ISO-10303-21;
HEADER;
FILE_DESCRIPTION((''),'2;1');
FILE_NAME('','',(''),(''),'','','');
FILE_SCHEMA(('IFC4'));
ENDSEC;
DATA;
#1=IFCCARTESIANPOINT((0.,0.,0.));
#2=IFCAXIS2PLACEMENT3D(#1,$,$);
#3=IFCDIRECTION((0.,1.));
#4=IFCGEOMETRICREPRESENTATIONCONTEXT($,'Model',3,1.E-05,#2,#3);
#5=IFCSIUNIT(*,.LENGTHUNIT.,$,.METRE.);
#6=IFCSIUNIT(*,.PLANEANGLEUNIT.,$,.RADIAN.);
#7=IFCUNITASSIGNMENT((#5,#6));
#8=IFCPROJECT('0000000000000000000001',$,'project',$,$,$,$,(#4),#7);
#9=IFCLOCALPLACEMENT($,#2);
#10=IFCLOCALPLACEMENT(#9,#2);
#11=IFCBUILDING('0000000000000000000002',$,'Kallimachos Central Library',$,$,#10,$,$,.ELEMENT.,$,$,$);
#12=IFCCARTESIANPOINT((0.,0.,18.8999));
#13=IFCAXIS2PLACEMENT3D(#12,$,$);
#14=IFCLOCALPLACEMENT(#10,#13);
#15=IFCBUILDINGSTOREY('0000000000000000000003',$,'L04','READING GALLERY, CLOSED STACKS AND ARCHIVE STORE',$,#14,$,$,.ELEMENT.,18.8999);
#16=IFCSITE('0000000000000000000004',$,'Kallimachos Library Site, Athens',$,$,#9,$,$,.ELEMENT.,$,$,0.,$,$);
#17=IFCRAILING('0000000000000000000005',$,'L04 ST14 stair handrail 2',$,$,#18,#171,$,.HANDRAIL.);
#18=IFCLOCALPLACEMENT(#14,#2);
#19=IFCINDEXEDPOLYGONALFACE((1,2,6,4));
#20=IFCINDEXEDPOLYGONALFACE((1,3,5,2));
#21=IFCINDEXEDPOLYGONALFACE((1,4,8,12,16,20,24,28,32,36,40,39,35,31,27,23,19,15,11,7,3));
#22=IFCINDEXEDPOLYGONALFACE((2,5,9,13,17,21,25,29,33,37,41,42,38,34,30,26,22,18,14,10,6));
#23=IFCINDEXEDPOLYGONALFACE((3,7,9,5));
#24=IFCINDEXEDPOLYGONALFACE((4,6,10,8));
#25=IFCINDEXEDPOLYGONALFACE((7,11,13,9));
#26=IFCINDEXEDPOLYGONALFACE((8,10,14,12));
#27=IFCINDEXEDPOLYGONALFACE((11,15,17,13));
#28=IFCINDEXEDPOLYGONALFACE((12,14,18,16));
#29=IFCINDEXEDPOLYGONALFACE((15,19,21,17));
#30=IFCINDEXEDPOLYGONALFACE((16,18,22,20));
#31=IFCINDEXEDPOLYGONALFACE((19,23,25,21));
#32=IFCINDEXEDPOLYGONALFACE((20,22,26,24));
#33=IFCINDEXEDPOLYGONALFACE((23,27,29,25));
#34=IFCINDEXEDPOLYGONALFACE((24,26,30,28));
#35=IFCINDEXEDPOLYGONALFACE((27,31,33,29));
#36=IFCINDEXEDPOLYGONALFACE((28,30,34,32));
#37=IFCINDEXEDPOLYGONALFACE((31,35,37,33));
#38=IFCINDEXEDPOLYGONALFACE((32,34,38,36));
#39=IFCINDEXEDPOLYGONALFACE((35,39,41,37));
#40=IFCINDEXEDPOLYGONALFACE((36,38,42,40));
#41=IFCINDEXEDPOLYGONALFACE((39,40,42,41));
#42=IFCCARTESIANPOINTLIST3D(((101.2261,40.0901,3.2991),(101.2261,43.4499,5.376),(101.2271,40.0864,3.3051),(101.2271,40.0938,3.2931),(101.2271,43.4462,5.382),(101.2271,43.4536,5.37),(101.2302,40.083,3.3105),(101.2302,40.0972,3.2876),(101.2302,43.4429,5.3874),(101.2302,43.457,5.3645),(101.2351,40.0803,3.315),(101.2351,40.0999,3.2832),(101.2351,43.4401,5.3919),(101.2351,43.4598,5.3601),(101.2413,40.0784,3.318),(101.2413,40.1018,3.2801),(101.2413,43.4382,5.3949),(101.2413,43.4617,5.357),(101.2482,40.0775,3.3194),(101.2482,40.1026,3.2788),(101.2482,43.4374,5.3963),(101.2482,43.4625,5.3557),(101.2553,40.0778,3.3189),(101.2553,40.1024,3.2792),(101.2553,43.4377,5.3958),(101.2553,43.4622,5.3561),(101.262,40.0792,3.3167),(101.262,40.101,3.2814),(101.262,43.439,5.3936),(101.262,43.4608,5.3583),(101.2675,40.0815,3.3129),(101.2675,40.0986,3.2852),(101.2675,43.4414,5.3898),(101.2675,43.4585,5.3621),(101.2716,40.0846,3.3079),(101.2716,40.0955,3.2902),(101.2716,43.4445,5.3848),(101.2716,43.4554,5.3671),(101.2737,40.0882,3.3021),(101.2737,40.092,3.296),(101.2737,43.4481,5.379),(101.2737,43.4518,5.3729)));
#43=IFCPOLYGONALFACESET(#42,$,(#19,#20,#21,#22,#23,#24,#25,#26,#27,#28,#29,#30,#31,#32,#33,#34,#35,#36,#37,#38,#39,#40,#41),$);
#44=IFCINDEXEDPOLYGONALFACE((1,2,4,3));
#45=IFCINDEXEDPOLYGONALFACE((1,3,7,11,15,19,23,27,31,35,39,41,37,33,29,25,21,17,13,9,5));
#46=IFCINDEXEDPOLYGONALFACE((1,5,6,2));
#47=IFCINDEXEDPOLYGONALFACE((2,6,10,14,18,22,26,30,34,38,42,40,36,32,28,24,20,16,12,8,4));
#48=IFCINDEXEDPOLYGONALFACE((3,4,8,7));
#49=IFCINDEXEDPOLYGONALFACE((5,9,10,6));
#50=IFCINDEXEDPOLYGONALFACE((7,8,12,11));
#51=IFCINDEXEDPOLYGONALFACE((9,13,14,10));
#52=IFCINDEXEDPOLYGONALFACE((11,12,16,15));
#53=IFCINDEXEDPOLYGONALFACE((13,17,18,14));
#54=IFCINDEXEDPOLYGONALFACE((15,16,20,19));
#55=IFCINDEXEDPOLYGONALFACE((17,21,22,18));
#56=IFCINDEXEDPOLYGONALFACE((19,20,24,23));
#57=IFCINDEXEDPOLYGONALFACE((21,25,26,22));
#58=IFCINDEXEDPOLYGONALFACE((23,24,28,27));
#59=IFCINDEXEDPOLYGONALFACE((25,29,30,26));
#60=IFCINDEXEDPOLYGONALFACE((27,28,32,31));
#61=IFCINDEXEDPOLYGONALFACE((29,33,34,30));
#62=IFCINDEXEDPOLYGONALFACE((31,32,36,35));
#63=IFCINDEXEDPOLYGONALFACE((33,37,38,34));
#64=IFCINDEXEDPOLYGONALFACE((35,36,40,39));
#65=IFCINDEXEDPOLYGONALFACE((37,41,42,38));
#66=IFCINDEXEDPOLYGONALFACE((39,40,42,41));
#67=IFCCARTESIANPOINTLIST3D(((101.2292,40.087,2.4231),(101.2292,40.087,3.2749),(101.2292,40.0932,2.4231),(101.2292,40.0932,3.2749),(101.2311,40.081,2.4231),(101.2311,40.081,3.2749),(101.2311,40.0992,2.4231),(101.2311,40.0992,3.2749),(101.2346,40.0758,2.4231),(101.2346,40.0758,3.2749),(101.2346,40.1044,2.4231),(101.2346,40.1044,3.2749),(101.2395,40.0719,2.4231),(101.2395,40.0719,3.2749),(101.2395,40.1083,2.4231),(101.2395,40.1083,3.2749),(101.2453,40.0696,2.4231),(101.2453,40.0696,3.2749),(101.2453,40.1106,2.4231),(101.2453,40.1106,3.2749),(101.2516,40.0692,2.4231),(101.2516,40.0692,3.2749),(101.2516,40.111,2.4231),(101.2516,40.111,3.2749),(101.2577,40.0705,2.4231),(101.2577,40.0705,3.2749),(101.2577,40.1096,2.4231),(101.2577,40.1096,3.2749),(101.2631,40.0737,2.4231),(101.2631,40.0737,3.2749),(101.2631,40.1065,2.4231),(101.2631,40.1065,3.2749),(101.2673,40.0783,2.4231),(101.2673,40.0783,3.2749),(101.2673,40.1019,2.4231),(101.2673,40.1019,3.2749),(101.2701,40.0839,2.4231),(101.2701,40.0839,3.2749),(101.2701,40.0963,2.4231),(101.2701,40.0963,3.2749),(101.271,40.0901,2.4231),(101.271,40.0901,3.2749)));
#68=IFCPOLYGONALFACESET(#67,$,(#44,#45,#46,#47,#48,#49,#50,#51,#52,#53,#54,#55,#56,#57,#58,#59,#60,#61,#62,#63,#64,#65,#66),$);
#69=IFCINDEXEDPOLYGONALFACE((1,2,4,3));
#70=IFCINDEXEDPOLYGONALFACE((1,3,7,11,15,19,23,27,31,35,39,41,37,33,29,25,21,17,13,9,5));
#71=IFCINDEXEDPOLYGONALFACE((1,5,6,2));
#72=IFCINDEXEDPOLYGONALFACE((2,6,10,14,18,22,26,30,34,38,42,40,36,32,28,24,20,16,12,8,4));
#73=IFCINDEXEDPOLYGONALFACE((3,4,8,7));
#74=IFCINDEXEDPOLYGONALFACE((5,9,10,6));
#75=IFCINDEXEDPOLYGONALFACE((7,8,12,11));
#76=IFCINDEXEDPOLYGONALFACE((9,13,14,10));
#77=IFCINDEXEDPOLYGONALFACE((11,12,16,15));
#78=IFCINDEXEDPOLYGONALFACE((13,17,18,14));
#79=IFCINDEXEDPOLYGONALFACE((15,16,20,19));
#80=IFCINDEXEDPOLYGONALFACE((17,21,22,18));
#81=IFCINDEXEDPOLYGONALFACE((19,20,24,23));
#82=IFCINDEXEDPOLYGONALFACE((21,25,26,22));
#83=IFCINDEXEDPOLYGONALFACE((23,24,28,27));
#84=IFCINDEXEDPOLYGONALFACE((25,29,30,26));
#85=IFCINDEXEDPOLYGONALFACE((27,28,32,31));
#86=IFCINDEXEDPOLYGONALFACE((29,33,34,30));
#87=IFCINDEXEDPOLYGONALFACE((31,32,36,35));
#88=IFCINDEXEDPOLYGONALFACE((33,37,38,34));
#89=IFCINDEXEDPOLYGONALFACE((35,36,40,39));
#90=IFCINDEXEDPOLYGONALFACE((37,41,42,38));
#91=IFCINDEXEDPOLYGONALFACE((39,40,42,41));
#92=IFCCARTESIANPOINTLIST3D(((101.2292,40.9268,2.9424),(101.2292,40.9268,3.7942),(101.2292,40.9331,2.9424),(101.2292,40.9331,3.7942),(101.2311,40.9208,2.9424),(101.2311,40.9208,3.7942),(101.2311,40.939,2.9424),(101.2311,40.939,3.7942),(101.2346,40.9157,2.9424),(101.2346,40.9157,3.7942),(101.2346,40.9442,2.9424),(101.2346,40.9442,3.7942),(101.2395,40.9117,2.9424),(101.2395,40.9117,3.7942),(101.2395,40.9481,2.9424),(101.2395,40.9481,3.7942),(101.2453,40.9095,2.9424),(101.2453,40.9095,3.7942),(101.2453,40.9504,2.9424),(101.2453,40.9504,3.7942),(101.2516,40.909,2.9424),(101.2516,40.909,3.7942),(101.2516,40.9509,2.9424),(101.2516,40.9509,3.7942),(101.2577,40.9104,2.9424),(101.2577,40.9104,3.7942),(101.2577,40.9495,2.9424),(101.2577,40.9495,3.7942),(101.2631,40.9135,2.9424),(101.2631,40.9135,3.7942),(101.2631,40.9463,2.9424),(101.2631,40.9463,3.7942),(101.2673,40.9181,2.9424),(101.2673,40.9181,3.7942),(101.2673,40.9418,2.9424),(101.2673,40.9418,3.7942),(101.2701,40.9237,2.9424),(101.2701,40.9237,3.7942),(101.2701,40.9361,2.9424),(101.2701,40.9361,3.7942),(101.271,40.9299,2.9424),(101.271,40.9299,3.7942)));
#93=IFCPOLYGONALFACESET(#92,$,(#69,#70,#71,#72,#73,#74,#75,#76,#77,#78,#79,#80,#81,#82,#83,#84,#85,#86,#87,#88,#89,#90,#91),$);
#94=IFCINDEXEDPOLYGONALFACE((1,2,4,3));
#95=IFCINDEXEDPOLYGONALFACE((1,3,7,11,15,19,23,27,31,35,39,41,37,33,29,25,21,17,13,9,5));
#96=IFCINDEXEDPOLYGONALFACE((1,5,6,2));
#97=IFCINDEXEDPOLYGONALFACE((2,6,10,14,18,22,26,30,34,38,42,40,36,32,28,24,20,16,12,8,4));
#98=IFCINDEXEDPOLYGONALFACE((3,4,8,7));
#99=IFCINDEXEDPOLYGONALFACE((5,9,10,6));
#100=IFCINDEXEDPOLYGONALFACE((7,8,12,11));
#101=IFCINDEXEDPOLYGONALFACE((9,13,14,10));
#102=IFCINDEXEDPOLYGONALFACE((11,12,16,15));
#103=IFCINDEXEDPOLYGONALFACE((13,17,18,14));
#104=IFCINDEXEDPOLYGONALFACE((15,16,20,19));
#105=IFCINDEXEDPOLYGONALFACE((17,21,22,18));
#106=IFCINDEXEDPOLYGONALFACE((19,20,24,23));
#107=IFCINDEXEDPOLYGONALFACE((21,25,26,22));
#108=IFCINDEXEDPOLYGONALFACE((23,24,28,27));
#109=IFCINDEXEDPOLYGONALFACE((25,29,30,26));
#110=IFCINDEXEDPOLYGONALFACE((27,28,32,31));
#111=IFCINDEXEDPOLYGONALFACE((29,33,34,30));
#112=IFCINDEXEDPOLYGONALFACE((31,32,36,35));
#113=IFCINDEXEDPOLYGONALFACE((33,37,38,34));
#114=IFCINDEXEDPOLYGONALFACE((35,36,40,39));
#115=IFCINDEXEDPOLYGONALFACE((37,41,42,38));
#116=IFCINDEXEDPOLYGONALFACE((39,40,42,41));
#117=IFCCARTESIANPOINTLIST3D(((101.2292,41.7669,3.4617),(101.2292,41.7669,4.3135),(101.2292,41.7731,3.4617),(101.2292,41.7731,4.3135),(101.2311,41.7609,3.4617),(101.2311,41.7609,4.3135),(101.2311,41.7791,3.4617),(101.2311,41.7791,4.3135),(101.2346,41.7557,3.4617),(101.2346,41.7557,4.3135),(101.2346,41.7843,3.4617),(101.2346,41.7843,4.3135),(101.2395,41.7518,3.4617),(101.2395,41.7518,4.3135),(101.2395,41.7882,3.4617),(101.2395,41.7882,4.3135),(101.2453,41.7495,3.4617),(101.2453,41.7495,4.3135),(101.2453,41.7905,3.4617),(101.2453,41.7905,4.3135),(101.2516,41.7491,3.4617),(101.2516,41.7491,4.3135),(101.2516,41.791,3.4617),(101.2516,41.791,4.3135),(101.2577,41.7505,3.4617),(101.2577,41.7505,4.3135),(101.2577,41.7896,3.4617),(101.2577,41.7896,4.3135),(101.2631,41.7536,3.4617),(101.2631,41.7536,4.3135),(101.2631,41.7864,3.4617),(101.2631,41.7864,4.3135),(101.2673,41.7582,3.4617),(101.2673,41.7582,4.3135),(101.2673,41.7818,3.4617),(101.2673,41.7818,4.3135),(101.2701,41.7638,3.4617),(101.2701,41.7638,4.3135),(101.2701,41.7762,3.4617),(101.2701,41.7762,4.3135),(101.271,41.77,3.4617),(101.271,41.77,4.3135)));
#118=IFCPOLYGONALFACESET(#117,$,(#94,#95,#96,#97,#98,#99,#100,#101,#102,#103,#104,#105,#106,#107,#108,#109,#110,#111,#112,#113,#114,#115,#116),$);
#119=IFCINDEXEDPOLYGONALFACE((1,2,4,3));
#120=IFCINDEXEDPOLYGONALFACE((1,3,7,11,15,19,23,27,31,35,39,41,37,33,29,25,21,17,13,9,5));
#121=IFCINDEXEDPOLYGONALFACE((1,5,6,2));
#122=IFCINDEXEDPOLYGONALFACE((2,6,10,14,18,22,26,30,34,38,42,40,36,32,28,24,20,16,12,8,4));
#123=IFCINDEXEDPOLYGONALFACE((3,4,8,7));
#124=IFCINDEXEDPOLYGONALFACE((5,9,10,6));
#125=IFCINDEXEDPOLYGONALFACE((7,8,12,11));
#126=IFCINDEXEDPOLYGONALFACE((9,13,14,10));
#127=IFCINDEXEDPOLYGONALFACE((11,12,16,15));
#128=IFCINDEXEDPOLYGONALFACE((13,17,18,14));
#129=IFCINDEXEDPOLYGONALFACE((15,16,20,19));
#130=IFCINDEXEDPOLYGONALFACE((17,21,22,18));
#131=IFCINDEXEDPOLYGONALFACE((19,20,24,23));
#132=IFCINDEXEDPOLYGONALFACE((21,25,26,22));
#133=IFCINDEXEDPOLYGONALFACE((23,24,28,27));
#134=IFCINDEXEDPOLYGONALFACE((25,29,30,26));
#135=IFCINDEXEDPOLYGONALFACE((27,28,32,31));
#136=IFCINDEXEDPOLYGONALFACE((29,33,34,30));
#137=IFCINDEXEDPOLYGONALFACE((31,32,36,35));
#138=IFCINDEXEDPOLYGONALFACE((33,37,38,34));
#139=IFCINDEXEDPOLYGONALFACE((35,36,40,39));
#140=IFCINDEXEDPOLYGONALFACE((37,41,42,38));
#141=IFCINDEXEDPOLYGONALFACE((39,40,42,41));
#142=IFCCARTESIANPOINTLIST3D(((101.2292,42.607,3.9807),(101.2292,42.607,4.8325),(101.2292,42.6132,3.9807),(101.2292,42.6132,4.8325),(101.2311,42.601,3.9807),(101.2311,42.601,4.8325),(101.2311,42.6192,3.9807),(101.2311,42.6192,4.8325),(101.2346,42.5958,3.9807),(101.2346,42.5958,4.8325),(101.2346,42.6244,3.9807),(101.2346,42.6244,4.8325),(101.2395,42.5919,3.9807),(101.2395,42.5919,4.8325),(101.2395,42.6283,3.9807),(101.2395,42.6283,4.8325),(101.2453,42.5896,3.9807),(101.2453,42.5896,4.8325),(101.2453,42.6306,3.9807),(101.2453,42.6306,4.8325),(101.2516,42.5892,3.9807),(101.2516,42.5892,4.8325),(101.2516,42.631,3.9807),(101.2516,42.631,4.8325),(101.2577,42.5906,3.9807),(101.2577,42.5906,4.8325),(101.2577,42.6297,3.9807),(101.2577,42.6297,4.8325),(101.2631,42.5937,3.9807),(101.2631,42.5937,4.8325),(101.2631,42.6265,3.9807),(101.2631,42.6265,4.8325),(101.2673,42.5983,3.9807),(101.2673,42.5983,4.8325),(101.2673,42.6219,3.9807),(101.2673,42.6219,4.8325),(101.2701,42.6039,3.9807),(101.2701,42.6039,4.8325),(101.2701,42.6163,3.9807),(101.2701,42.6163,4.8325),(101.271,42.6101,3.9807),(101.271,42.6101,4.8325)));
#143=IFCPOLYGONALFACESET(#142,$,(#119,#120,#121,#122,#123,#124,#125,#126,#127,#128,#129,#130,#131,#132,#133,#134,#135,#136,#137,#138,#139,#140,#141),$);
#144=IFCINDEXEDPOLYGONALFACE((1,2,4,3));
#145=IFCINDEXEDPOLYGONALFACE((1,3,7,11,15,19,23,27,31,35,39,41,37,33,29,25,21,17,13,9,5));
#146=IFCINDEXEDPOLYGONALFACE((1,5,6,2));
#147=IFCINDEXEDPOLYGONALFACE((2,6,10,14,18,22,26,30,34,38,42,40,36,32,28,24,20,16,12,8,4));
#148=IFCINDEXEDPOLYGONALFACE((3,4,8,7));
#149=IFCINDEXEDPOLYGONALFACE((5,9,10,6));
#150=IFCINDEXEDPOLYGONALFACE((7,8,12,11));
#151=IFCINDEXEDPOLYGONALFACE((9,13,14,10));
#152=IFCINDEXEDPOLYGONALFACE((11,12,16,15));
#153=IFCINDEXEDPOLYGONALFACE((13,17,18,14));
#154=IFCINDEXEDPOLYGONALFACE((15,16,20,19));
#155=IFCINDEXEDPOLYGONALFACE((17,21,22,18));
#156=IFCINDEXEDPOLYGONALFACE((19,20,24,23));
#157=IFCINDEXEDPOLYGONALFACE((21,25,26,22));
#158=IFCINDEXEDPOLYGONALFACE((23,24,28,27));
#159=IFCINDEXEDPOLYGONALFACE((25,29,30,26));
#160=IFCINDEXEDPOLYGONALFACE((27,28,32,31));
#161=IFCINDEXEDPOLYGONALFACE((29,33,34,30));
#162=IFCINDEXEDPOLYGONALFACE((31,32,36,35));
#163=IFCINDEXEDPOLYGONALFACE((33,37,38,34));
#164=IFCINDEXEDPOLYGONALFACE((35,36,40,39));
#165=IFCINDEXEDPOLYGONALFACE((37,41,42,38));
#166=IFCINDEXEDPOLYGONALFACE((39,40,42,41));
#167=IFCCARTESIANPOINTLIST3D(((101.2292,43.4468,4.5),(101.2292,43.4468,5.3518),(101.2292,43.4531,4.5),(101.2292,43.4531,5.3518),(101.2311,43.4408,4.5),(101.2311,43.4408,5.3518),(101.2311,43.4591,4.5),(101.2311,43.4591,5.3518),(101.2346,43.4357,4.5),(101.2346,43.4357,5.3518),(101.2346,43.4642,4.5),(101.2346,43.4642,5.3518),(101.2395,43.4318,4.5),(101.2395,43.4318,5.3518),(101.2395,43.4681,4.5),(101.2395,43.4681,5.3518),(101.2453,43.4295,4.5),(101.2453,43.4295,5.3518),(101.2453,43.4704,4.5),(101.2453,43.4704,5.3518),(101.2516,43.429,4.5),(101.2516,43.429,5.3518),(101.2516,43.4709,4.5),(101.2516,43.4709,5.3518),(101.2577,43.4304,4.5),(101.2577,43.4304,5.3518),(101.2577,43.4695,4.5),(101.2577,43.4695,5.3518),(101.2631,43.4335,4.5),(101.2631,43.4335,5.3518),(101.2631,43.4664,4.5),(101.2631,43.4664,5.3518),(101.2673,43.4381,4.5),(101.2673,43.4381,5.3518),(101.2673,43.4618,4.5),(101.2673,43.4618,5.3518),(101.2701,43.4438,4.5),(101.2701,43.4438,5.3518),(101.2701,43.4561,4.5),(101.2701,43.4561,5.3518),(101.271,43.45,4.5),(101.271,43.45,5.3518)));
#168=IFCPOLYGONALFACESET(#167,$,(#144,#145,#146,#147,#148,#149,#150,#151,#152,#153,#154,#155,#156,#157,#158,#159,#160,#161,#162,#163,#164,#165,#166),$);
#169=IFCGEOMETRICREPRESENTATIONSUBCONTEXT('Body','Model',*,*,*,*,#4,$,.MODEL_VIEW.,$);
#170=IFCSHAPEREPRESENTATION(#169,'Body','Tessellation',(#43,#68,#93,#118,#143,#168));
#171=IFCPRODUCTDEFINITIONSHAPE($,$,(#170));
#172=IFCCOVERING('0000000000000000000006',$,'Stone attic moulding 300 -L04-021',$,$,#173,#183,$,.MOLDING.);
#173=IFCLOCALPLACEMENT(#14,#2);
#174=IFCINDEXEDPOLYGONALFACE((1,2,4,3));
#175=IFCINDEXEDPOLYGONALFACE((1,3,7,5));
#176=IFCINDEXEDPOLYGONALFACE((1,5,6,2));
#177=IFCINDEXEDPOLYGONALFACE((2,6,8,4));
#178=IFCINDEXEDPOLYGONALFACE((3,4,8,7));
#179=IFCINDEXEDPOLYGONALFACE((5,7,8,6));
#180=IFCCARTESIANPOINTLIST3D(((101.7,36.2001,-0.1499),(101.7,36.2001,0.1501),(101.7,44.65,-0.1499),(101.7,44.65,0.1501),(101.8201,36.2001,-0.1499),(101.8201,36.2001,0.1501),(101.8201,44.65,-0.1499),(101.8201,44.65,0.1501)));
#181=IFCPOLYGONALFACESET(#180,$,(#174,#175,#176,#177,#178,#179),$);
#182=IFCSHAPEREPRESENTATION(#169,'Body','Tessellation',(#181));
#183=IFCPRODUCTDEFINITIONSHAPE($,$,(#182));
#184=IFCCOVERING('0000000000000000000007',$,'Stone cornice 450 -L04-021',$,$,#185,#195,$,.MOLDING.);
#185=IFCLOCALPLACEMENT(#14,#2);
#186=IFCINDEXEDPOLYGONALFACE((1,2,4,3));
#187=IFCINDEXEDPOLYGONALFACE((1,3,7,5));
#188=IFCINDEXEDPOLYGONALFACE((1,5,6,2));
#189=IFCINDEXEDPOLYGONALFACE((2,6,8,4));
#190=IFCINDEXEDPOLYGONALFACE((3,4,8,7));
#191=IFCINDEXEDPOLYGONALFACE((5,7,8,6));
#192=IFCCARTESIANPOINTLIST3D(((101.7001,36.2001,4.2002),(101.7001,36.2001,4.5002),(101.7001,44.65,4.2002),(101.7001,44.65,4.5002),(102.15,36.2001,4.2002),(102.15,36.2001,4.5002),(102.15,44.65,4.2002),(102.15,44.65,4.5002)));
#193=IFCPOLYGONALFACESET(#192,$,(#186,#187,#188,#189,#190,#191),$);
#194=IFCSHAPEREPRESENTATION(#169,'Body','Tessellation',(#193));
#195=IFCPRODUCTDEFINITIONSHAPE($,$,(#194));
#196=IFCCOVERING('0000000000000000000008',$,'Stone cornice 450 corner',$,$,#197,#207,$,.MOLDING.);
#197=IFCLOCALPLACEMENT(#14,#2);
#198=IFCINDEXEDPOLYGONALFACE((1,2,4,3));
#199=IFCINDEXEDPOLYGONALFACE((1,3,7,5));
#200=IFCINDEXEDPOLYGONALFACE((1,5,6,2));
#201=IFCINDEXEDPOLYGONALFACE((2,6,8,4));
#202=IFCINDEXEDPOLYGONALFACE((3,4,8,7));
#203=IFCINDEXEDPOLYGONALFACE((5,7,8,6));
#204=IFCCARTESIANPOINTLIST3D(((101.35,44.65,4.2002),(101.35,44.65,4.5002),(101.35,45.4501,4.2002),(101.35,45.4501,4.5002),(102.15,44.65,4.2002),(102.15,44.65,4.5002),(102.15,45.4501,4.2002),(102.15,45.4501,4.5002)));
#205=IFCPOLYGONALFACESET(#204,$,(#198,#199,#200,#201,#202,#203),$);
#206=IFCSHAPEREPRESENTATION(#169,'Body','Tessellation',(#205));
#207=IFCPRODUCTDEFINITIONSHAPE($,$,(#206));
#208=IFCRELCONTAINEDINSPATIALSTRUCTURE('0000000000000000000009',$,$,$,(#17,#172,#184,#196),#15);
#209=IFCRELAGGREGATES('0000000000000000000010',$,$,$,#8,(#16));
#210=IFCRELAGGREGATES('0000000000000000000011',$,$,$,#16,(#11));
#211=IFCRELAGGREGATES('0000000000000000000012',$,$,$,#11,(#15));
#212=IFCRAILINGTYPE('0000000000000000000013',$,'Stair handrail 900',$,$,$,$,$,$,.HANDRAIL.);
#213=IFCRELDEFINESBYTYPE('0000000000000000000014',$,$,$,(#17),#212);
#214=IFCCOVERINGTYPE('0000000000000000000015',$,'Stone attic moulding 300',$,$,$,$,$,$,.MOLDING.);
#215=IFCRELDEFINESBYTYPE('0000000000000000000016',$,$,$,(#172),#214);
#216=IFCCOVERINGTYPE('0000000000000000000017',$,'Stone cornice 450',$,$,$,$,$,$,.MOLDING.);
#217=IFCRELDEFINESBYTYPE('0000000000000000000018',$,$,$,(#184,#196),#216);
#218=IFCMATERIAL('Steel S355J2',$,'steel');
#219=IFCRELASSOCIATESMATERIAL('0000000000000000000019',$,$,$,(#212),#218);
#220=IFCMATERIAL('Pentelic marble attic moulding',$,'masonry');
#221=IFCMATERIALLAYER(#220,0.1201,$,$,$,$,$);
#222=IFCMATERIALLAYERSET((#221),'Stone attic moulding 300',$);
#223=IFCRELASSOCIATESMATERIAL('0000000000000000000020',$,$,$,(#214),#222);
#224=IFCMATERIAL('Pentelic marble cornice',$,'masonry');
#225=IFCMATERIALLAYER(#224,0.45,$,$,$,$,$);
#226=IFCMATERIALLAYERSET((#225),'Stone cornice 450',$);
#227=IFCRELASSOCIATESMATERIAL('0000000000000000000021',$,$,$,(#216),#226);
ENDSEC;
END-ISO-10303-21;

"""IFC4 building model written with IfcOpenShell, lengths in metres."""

from ifc_helpers import new_model, si_unit, direction, frame, origin, origin_2d, place, context, subcontext, project, spatial, rectangle, circle, extrude, material, layer, layer_set, type_object, element, save


model = new_model("IFC4")

# Units and contexts
model_context = context("Model", 3, precision=1e-05, world=origin(), true_north=direction((0.0, 1.0)))
body_context = subcontext(model_context, "Body", "Model", "MODEL_VIEW")
ifc_project = project(units=[si_unit("LENGTHUNIT", "METRE"), si_unit("PLANEANGLEUNIT", "RADIAN")], contexts=[model_context])

# Site, building, storey
site_placement = place(None, origin())
site = spatial("IfcSite", under=ifc_project, at=site_placement, Name="Kallimachos Library Site, Athens", CompositionType="ELEMENT", RefElevation=0.0)
building_placement = place(site_placement, origin())
building = spatial("IfcBuilding", under=site, at=building_placement, Name="Kallimachos Central Library", CompositionType="ELEMENT")
storey_placement = place(building_placement, frame((0.0, 0.0, 18.8999)))
storey = spatial("IfcBuildingStorey", under=building, at=storey_placement, Name="L04", Description="READING GALLERY, CLOSED STACKS AND ARCHIVE STORE", CompositionType="ELEMENT", Elevation=18.8999)

# Railing
ifc_material_1 = material(Name="Steel S355J2", Category="steel")
railing_type_1 = type_object("IfcRailingType", Name="Stair handrail 900", PredefinedType="HANDRAIL", material=ifc_material_1)
railing_1_placement = place(storey_placement, frame((101.25, 40.0901, 2.4231)))
element("IfcRailing", 1, at=railing_1_placement, inside=storey, type_object=railing_type_1, Name="L04 ST14 stair handrail 2", PredefinedType="HANDRAIL", context=body_context, shape_type="SweptSolid", body=[
    extrude(circle(Radius=0.0239, at=origin_2d()), frame((0.0, 0.0, 0.876), z_axis=(0.0, 0.850606, 0.525803), x_axis=(-1.0, 0.0, 0.0)), (0.0, 0.0, 1.0), 3.95),
    extrude(circle(Radius=0.021, at=origin_2d()), origin(), (0.0, 0.0, 1.0), 0.8518),
    extrude(circle(Radius=0.021, at=origin_2d()), frame((0.0, 0.8398, 0.5193)), (0.0, 0.0, 1.0), 0.8518),
    extrude(circle(Radius=0.021, at=origin_2d()), frame((0.0, 1.6799, 1.0386)), (0.0, 0.0, 1.0), 0.8518),
    extrude(circle(Radius=0.021, at=origin_2d()), frame((0.0, 2.52, 1.5576)), (0.0, 0.0, 1.0), 0.8518),
    extrude(circle(Radius=0.021, at=origin_2d()), frame((0.0, 3.3599, 2.0769)), (0.0, 0.0, 1.0), 0.8518),
])

# Coverings
ifc_material_2 = material(Name="Pentelic marble attic moulding", Category="masonry")
ifc_layer_1 = layer(ifc_material_2, 0.1201)
ifc_layer_set_1 = layer_set([ifc_layer_1], Name="Stone attic moulding 300")
covering_type_1 = type_object("IfcCoveringType", Name="Stone attic moulding 300", PredefinedType="MOLDING", material=ifc_layer_set_1)
covering_1_placement = place(storey_placement, frame((101.76, 40.425, -0.1499), z_axis=(0.0, 0.0, 1.0), x_axis=(1.0, 0.0, 0.0)))
element("IfcCovering", 2, at=covering_1_placement, inside=storey, type_object=covering_type_1, Name="Stone attic moulding 300 -L04-021", PredefinedType="MOLDING", context=body_context, shape_type="SweptSolid", body=[
    extrude(rectangle(XDim=0.1201, YDim=8.45, at=origin_2d()), origin(), (0.0, 0.0, 1.0), 0.3),
])
ifc_material_3 = material(Name="Pentelic marble cornice", Category="masonry")
ifc_layer_2 = layer(ifc_material_3, 0.45)
ifc_layer_set_2 = layer_set([ifc_layer_2], Name="Stone cornice 450")
covering_type_2 = type_object("IfcCoveringType", Name="Stone cornice 450", PredefinedType="MOLDING", material=ifc_layer_set_2)
covering_2_placement = place(storey_placement, frame((101.925, 40.425, 4.2002), z_axis=(0.0, 0.0, 1.0), x_axis=(1.0, 0.0, 0.0)))
element("IfcCovering", 3, at=covering_2_placement, inside=storey, type_object=covering_type_2, Name="Stone cornice 450 -L04-021", PredefinedType="MOLDING", context=body_context, shape_type="SweptSolid", body=[
    extrude(rectangle(XDim=0.45, YDim=8.45, at=origin_2d()), origin(), (0.0, 0.0, 1.0), 0.3),
])
covering_3_placement = place(storey_placement, frame((101.75, 45.05, 4.2002), z_axis=(0.0, 0.0, 1.0), x_axis=(1.0, 0.0, 0.0)))
element("IfcCovering", 4, at=covering_3_placement, inside=storey, type_object=covering_type_2, Name="Stone cornice 450 corner", PredefinedType="MOLDING", context=body_context, shape_type="SweptSolid", body=[
    extrude(rectangle(XDim=0.8, YDim=0.8, at=origin_2d()), origin(), (0.0, 0.0, 1.0), 0.3),
])

save(model, "model.ifc")
